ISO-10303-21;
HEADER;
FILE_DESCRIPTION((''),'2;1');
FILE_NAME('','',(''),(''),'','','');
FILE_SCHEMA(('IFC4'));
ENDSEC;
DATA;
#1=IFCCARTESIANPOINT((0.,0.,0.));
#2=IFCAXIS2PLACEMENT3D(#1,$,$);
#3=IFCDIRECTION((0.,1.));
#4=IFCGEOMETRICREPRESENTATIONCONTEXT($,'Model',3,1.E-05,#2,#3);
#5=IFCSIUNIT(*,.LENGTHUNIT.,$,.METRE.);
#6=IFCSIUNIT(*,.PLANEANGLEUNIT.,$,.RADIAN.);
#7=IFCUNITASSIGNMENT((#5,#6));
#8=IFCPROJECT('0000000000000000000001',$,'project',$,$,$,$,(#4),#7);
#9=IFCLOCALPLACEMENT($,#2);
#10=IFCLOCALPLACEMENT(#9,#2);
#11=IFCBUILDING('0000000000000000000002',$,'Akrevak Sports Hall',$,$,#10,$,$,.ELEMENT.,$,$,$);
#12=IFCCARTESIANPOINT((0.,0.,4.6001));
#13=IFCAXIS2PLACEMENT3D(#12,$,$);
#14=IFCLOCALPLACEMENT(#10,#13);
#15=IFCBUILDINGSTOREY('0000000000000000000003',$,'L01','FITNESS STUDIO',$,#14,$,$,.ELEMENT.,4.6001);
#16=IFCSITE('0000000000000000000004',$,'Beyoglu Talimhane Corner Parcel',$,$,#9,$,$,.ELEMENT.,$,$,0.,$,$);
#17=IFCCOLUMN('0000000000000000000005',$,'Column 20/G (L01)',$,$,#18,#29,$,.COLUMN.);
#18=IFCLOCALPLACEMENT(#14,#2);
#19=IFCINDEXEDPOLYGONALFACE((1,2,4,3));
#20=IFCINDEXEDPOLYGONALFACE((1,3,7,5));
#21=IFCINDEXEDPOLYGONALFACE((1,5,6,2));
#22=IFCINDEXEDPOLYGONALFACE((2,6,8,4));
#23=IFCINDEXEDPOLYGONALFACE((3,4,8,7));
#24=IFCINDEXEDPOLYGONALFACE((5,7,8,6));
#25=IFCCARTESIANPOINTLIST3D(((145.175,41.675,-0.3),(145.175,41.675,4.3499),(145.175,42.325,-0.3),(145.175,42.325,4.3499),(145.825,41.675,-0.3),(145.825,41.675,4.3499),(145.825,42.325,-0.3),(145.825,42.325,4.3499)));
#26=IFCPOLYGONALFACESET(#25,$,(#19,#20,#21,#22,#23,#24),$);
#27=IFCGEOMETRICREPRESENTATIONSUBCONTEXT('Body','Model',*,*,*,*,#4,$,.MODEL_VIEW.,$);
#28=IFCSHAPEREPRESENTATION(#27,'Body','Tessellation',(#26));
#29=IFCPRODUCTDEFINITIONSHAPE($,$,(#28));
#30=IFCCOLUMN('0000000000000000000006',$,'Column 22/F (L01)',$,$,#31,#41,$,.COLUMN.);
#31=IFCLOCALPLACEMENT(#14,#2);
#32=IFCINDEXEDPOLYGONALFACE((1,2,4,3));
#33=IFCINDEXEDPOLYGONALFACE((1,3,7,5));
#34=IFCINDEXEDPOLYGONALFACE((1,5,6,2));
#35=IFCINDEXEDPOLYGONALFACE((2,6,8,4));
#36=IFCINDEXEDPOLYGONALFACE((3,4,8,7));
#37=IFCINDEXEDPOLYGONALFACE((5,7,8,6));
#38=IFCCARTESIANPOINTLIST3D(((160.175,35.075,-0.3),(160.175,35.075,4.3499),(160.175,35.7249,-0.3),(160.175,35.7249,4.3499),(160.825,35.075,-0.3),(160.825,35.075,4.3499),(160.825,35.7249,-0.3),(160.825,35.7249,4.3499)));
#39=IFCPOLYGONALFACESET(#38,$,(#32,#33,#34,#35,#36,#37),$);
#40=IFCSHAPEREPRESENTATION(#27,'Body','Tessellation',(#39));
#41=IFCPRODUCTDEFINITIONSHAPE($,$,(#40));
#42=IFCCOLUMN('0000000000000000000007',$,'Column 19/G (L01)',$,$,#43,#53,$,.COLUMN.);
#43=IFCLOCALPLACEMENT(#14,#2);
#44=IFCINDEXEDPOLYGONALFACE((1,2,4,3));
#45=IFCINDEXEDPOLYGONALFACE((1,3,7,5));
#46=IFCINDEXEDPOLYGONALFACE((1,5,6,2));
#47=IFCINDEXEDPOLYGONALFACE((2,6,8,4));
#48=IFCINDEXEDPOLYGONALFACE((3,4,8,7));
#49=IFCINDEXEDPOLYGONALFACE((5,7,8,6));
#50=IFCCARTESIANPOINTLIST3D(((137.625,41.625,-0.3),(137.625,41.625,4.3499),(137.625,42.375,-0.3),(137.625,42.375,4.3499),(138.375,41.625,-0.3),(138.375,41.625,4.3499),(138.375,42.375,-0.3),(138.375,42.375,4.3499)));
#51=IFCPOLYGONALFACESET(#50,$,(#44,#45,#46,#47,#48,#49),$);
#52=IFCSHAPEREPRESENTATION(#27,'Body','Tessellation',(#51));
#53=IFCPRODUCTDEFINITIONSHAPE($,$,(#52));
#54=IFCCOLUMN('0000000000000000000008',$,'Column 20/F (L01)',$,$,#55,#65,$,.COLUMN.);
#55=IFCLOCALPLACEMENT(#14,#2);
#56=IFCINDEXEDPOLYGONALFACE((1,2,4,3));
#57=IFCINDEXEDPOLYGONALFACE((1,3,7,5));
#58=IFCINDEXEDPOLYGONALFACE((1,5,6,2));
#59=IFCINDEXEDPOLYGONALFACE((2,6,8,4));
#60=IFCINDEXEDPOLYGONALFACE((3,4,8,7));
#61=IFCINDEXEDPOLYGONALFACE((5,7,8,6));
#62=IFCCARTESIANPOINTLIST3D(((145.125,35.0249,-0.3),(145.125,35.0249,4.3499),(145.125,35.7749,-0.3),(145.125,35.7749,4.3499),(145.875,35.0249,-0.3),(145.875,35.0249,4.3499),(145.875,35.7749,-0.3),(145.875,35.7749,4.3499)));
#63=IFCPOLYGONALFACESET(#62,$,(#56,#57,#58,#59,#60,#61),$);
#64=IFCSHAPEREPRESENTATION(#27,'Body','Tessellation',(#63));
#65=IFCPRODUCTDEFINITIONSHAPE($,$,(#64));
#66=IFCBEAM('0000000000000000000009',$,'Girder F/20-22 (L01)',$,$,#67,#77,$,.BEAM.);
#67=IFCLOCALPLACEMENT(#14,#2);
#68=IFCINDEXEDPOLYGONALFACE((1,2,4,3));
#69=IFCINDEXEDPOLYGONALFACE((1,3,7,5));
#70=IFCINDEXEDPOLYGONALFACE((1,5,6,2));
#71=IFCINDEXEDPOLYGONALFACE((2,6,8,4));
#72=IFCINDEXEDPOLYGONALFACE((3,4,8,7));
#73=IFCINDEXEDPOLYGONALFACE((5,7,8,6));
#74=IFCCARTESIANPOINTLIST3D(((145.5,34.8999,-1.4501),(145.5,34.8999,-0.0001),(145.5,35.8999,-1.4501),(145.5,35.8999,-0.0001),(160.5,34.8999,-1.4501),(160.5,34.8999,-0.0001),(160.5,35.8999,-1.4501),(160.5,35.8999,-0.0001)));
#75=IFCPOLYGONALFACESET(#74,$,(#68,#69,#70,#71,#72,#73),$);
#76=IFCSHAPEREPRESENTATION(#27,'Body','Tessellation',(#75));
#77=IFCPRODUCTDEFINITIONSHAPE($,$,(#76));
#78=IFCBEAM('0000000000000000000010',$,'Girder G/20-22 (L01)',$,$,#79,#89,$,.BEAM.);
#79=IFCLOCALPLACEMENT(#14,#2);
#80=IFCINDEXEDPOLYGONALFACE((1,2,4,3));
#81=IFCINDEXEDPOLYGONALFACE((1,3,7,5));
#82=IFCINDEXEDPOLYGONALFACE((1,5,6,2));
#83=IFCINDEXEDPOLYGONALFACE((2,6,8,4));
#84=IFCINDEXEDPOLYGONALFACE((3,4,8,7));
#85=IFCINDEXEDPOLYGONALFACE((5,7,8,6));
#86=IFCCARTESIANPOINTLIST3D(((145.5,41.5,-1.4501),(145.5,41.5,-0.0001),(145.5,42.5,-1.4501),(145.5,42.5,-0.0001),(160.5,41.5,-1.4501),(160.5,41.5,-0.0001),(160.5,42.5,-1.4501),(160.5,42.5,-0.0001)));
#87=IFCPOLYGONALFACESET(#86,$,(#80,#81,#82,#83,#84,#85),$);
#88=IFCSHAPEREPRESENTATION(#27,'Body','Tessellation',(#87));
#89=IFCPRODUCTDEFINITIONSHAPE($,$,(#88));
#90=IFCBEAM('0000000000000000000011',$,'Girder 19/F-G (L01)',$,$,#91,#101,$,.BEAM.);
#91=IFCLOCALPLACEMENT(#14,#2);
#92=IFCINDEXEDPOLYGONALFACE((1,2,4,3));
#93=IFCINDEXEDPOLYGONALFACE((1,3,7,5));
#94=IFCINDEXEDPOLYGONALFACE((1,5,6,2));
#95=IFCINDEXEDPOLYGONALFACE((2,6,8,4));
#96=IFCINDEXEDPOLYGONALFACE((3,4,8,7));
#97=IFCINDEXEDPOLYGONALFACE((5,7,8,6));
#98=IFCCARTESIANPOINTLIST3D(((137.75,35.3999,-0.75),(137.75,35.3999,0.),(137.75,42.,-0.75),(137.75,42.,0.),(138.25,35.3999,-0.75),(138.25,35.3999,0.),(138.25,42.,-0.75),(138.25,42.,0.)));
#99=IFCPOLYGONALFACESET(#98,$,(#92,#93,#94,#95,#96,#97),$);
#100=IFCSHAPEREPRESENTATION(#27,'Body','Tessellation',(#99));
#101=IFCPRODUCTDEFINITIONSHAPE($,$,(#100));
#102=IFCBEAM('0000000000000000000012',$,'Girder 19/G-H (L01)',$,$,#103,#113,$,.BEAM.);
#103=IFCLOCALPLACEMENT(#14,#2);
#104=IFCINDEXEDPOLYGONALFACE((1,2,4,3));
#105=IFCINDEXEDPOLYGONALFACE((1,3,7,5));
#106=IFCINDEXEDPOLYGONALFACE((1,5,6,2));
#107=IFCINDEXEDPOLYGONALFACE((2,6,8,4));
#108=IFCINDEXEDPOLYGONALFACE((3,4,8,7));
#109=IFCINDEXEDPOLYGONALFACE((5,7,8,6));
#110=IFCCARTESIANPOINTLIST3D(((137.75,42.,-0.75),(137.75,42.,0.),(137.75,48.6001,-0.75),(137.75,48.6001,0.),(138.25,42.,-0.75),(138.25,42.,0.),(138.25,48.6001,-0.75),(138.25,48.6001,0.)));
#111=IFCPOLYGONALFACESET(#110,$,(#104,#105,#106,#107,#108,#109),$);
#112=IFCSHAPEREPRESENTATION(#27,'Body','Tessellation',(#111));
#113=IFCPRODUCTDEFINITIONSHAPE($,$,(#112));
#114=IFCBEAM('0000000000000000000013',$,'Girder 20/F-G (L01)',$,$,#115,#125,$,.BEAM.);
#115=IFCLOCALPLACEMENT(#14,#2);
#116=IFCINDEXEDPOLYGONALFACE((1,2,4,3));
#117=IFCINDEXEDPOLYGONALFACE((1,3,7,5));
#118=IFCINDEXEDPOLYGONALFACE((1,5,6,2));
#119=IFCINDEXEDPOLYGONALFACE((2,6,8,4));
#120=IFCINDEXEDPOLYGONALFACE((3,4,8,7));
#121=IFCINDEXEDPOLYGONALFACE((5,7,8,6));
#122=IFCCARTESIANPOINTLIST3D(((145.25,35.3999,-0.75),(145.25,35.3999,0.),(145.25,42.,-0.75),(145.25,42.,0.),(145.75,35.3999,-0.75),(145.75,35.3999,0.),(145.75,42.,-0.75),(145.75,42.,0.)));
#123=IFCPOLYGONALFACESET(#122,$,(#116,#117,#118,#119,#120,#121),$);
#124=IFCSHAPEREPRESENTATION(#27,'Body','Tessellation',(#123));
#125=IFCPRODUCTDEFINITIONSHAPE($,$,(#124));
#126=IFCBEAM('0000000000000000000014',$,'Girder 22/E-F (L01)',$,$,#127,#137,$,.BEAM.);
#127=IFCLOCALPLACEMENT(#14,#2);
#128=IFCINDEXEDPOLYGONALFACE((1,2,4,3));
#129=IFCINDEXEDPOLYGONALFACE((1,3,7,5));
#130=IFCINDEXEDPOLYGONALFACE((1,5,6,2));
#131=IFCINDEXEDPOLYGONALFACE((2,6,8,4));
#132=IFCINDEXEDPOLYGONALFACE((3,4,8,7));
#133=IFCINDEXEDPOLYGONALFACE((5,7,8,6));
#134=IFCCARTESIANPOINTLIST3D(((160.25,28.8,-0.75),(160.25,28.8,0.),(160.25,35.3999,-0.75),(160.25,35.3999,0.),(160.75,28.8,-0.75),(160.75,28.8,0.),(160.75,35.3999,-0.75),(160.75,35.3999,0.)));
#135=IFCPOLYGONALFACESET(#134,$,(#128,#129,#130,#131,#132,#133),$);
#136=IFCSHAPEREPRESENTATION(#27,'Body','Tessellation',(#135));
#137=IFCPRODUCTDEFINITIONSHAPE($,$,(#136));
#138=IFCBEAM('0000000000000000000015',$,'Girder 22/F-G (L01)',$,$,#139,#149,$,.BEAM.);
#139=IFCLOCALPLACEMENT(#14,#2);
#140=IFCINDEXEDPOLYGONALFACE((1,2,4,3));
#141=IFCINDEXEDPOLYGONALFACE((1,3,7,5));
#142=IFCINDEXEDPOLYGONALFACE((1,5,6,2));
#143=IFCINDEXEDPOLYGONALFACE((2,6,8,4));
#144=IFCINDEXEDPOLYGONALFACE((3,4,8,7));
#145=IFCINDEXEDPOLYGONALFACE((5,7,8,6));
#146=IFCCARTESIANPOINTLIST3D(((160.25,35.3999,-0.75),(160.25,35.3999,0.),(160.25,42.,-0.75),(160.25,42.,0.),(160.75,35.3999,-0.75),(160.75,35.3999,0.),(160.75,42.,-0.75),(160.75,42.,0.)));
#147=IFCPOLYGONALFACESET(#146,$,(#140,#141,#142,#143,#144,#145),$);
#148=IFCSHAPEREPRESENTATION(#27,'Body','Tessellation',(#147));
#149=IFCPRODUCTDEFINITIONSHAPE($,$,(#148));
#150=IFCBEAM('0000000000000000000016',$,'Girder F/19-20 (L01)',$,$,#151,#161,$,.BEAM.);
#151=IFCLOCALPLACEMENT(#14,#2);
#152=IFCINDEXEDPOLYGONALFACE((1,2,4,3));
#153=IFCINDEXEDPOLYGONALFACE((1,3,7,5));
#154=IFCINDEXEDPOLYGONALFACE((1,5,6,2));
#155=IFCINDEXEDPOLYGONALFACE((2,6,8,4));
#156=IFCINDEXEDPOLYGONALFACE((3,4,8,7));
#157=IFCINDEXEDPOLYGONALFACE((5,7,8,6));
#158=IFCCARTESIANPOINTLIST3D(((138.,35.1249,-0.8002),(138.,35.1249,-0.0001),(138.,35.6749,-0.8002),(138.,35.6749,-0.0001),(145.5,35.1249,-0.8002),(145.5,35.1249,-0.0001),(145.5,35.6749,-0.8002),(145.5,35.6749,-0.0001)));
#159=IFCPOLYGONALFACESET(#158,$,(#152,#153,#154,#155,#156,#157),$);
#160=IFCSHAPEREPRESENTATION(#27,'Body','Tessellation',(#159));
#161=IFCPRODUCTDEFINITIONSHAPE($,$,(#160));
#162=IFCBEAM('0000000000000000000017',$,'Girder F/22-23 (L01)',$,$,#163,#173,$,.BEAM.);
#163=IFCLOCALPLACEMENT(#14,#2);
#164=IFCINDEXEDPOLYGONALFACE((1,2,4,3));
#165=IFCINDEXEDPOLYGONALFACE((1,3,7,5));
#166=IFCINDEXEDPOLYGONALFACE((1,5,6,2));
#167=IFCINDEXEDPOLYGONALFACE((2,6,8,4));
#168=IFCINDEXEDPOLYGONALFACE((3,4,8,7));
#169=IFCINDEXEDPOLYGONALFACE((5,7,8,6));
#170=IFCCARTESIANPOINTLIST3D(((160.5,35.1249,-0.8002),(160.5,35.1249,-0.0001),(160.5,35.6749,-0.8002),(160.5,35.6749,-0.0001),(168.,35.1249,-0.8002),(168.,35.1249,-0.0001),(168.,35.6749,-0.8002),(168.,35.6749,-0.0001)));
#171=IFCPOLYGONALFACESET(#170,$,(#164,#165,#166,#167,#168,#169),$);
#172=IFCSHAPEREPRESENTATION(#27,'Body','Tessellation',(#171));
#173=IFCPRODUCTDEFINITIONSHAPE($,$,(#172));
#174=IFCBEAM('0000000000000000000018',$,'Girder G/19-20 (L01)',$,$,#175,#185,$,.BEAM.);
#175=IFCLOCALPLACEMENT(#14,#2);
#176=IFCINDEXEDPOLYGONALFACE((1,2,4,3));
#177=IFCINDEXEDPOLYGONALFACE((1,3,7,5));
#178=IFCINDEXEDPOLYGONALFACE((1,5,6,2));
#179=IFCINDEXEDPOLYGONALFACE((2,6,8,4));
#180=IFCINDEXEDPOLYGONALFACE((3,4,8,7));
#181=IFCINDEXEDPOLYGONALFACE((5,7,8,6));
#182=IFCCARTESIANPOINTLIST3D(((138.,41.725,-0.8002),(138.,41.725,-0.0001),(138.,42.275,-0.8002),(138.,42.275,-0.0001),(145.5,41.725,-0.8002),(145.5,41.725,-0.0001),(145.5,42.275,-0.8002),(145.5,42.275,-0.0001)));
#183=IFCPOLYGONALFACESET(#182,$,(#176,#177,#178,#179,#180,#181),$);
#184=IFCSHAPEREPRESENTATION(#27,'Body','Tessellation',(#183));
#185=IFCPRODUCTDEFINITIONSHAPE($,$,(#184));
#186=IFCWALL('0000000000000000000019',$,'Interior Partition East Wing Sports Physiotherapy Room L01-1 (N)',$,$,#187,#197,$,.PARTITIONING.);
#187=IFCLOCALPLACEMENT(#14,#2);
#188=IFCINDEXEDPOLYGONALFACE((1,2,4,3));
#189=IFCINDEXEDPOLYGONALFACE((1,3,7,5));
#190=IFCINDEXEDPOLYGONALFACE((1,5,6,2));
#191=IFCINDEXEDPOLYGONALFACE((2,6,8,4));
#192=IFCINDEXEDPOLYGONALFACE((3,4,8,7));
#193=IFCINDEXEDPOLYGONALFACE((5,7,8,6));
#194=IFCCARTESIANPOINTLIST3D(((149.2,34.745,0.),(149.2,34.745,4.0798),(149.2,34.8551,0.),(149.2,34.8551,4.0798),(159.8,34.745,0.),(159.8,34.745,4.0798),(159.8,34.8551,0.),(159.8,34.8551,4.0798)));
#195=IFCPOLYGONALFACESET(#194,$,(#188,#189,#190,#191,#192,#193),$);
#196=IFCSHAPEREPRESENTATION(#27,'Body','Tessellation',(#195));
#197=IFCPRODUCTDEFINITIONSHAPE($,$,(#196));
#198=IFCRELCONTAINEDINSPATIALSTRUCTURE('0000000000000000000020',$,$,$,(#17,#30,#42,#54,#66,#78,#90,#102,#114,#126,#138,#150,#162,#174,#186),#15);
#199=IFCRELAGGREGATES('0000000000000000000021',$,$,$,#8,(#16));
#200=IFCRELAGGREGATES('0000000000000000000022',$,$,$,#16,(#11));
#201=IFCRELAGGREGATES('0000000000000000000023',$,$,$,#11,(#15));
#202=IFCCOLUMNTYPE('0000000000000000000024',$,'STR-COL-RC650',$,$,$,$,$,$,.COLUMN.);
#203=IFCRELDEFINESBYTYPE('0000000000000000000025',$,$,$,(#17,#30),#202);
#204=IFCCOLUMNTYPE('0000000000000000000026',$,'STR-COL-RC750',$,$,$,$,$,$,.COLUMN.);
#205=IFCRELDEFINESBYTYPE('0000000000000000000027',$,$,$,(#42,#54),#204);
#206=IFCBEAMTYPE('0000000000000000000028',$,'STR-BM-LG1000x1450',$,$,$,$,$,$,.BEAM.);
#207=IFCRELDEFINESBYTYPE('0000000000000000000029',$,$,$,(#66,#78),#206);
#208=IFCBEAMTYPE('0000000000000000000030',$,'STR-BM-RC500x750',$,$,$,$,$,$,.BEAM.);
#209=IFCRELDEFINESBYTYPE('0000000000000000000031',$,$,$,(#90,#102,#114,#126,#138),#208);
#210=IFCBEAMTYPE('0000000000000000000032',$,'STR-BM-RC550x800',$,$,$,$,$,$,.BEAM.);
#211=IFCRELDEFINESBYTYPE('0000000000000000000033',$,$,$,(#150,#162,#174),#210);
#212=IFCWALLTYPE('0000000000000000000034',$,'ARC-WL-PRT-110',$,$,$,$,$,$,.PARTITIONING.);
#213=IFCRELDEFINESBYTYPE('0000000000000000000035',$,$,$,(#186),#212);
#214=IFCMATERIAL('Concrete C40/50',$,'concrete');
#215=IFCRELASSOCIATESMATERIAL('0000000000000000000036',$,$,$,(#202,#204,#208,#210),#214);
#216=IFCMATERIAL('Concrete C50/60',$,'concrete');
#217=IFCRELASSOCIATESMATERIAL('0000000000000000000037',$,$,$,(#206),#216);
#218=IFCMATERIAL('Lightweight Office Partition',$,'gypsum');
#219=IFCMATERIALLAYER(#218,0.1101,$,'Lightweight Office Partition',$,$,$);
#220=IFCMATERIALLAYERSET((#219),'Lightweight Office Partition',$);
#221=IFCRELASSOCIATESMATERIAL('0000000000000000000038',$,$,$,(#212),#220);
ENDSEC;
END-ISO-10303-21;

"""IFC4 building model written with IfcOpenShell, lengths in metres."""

from ifc_helpers import new_model, si_unit, direction, frame, frame_2d, origin, origin_2d, place, context, subcontext, project, spatial, rectangle, extrude, material, layer, layer_set, material_profile, profile_set, type_object, element, save


model = new_model("IFC4")

# Units and contexts
model_context = context("Model", 3, precision=1e-05, world=origin(), true_north=direction((0.0, 1.0)))
body_context = subcontext(model_context, "Body", "Model", "MODEL_VIEW")
ifc_project = project(units=[si_unit("LENGTHUNIT", "METRE"), si_unit("PLANEANGLEUNIT", "RADIAN")], contexts=[model_context])

# Site, building, storey
site_placement = place(None, origin())
site = spatial("IfcSite", under=ifc_project, at=site_placement, Name="Beyoglu Talimhane Corner Parcel", CompositionType="ELEMENT", RefElevation=0.0)
building_placement = place(site_placement, origin())
building = spatial("IfcBuilding", under=site, at=building_placement, Name="Akrevak Sports Hall", CompositionType="ELEMENT")
storey_placement = place(building_placement, frame((0.0, 0.0, 4.6001)))
storey = spatial("IfcBuildingStorey", under=building, at=storey_placement, Name="L01", Description="FITNESS STUDIO", CompositionType="ELEMENT", Elevation=4.6001)

# Columns
ifc_material_1 = material(Name="Concrete C40/50", Category="concrete")
ifc_material_profile_1 = material_profile(ifc_material_1, rectangle(XDim=0.6499, YDim=0.6499, at=origin_2d()), Name="RC 650x650", Category="concrete")
ifc_profile_set_1 = profile_set([ifc_material_profile_1], Name="Concrete C40/50")
column_type_1 = type_object("IfcColumnType", Name="STR-COL-RC650", PredefinedType="COLUMN", material=ifc_profile_set_1)
for number, where, z_axis, x_axis, name in (
    (1, (145.5, 42.0, -0.3), (0.0, 0.0, 1.0), (1.0, 0.0, 0.0), "Column 20/G (L01)"),
    (2, (160.5, 35.3999, -0.3), (0.0, 0.0, 1.0), (1.0, 0.0, 0.0), "Column 22/F (L01)"),
):
    element("IfcColumn", number, at=place(storey_placement, frame(where, z_axis=z_axis, x_axis=x_axis)), inside=storey, type_object=column_type_1, Name=name, PredefinedType="COLUMN", context=body_context, shape_type="SweptSolid", body=[
        extrude(rectangle(XDim=0.6499, YDim=0.6499, at=origin_2d()), origin(), (0.0, 0.0, 1.0), 4.6499),
    ])
ifc_material_profile_2 = material_profile(ifc_material_1, rectangle(XDim=0.75, YDim=0.75, at=origin_2d()), Name="RC 750x750", Category="concrete")
ifc_profile_set_2 = profile_set([ifc_material_profile_2], Name="Concrete C40/50")
column_type_2 = type_object("IfcColumnType", Name="STR-COL-RC750", PredefinedType="COLUMN", material=ifc_profile_set_2)
for number, where, z_axis, x_axis, name in (
    (3, (138.0, 42.0, -0.3), (0.0, 0.0, 1.0), (1.0, 0.0, 0.0), "Column 19/G (L01)"),
    (4, (145.5, 35.3999, -0.3), (0.0, 0.0, 1.0), (1.0, 0.0, 0.0), "Column 20/F (L01)"),
):
    element("IfcColumn", number, at=place(storey_placement, frame(where, z_axis=z_axis, x_axis=x_axis)), inside=storey, type_object=column_type_2, Name=name, PredefinedType="COLUMN", context=body_context, shape_type="SweptSolid", body=[
        extrude(rectangle(XDim=0.75, YDim=0.75, at=origin_2d()), origin(), (0.0, 0.0, 1.0), 4.6499),
    ])

# Beams
ifc_material_2 = material(Name="Concrete C50/60", Category="concrete")
ifc_material_profile_3 = material_profile(ifc_material_2, rectangle(XDim=1.0, YDim=1.45, at=origin_2d()), Name="BM 1000x1450", Category="concrete")
ifc_profile_set_3 = profile_set([ifc_material_profile_3], Name="Concrete C50/60")
beam_type_1 = type_object("IfcBeamType", Name="STR-BM-LG1000x1450", PredefinedType="BEAM", material=ifc_profile_set_3)
for number, where, z_axis, x_axis, name in (
    (5, (145.5, 35.3999, -0.7251), (1.0, 0.0, 0.0), (0.0, 1.0, 0.0), "Girder F/20-22 (L01)"),
    (6, (145.5, 42.0, -0.7251), (1.0, 0.0, 0.0), (0.0, 1.0, 0.0), "Girder G/20-22 (L01)"),
):
    element("IfcBeam", number, at=place(storey_placement, frame(where, z_axis=z_axis, x_axis=x_axis)), inside=storey, type_object=beam_type_1, Name=name, PredefinedType="BEAM", context=body_context, shape_type="SweptSolid", body=[
        extrude(rectangle(XDim=1.0, YDim=1.45, at=origin_2d()), origin(), (0.0, 0.0, 1.0), 15.0),
    ])
ifc_material_profile_4 = material_profile(ifc_material_1, rectangle(XDim=0.5, YDim=0.75, at=origin_2d()), Name="BM 500x750", Category="concrete")
ifc_profile_set_4 = profile_set([ifc_material_profile_4], Name="Concrete C40/50")
beam_type_2 = type_object("IfcBeamType", Name="STR-BM-RC500x750", PredefinedType="BEAM", material=ifc_profile_set_4)
for number, where, z_axis, x_axis, name in (
    (7, (138.0, 35.3999, -0.375), (0.0, 1.0, 0.0), (-1.0, 0.0, 0.0), "Girder 19/F-G (L01)"),
    (8, (138.0, 42.0, -0.375), (0.0, 1.0, 0.0), (-1.0, 0.0, 0.0), "Girder 19/G-H (L01)"),
    (9, (145.5, 35.3999, -0.375), (0.0, 1.0, 0.0), (-1.0, 0.0, 0.0), "Girder 20/F-G (L01)"),
):
    element("IfcBeam", number, at=place(storey_placement, frame(where, z_axis=z_axis, x_axis=x_axis)), inside=storey, type_object=beam_type_2, Name=name, PredefinedType="BEAM", context=body_context, shape_type="SweptSolid", body=[
        extrude(rectangle(XDim=0.5, YDim=0.75, at=origin_2d()), origin(), (0.0, 0.0, 1.0), 6.6001),
    ])
beam_1_placement = place(storey_placement, frame((160.5, 28.8, -0.375), z_axis=(0.0, 1.0, 0.0), x_axis=(-1.0, 0.0, 0.0)))
element("IfcBeam", 10, at=beam_1_placement, inside=storey, type_object=beam_type_2, Name="Girder 22/E-F (L01)", PredefinedType="BEAM", context=body_context, shape_type="SweptSolid", body=[
    extrude(rectangle(XDim=0.5, YDim=0.75, at=origin_2d()), origin(), (0.0, 0.0, 1.0), 6.5999),
])
beam_2_placement = place(storey_placement, frame((160.5, 35.3999, -0.375), z_axis=(0.0, 1.0, 0.0), x_axis=(-1.0, 0.0, 0.0)))
element("IfcBeam", 11, at=beam_2_placement, inside=storey, type_object=beam_type_2, Name="Girder 22/F-G (L01)", PredefinedType="BEAM", context=body_context, shape_type="SweptSolid", body=[
    extrude(rectangle(XDim=0.5, YDim=0.75, at=origin_2d()), origin(), (0.0, 0.0, 1.0), 6.6001),
])
ifc_material_profile_5 = material_profile(ifc_material_1, rectangle(XDim=0.55, YDim=0.8, at=origin_2d()), Name="BM 550x800", Category="concrete")
ifc_profile_set_5 = profile_set([ifc_material_profile_5], Name="Concrete C40/50")
beam_type_3 = type_object("IfcBeamType", Name="STR-BM-RC550x800", PredefinedType="BEAM", material=ifc_profile_set_5)
for number, where, z_axis, x_axis, name in (
    (12, (138.0, 35.3999, -0.4001), (1.0, 0.0, 0.0), (0.0, 1.0, 0.0), "Girder F/19-20 (L01)"),
    (13, (160.5, 35.3999, -0.4001), (1.0, 0.0, 0.0), (0.0, 1.0, 0.0), "Girder F/22-23 (L01)"),
    (14, (138.0, 42.0, -0.4001), (1.0, 0.0, 0.0), (0.0, 1.0, 0.0), "Girder G/19-20 (L01)"),
):
    element("IfcBeam", number, at=place(storey_placement, frame(where, z_axis=z_axis, x_axis=x_axis)), inside=storey, type_object=beam_type_3, Name=name, PredefinedType="BEAM", context=body_context, shape_type="SweptSolid", body=[
        extrude(rectangle(XDim=0.55, YDim=0.8, at=origin_2d()), origin(), (0.0, 0.0, 1.0), 7.5),
    ])

# Wall
ifc_material_3 = material(Name="Lightweight Office Partition", Category="gypsum")
ifc_layer_1 = layer(ifc_material_3, 0.1101, Name="Lightweight Office Partition")
ifc_layer_set_1 = layer_set([ifc_layer_1], Name="Lightweight Office Partition")
wall_type_1 = type_object("IfcWallType", Name="ARC-WL-PRT-110", PredefinedType="PARTITIONING", material=ifc_layer_set_1)
wall_1_placement = place(storey_placement, frame((149.2, 34.8, 0.0), z_axis=(0.0, 0.0, 1.0), x_axis=(1.0, 0.0, 0.0)))
element("IfcWall", 15, at=wall_1_placement, inside=storey, type_object=wall_type_1, Name="Interior Partition East Wing Sports Physiotherapy Room L01-1 (N)", PredefinedType="PARTITIONING", context=body_context, shape_type="SweptSolid", body=[
    extrude(rectangle(XDim=10.6001, YDim=0.1101, at=frame_2d((5.3, 0.0))), origin(), (0.0, 0.0, 1.0), 4.0798),
])

save(model, "model.ifc")
